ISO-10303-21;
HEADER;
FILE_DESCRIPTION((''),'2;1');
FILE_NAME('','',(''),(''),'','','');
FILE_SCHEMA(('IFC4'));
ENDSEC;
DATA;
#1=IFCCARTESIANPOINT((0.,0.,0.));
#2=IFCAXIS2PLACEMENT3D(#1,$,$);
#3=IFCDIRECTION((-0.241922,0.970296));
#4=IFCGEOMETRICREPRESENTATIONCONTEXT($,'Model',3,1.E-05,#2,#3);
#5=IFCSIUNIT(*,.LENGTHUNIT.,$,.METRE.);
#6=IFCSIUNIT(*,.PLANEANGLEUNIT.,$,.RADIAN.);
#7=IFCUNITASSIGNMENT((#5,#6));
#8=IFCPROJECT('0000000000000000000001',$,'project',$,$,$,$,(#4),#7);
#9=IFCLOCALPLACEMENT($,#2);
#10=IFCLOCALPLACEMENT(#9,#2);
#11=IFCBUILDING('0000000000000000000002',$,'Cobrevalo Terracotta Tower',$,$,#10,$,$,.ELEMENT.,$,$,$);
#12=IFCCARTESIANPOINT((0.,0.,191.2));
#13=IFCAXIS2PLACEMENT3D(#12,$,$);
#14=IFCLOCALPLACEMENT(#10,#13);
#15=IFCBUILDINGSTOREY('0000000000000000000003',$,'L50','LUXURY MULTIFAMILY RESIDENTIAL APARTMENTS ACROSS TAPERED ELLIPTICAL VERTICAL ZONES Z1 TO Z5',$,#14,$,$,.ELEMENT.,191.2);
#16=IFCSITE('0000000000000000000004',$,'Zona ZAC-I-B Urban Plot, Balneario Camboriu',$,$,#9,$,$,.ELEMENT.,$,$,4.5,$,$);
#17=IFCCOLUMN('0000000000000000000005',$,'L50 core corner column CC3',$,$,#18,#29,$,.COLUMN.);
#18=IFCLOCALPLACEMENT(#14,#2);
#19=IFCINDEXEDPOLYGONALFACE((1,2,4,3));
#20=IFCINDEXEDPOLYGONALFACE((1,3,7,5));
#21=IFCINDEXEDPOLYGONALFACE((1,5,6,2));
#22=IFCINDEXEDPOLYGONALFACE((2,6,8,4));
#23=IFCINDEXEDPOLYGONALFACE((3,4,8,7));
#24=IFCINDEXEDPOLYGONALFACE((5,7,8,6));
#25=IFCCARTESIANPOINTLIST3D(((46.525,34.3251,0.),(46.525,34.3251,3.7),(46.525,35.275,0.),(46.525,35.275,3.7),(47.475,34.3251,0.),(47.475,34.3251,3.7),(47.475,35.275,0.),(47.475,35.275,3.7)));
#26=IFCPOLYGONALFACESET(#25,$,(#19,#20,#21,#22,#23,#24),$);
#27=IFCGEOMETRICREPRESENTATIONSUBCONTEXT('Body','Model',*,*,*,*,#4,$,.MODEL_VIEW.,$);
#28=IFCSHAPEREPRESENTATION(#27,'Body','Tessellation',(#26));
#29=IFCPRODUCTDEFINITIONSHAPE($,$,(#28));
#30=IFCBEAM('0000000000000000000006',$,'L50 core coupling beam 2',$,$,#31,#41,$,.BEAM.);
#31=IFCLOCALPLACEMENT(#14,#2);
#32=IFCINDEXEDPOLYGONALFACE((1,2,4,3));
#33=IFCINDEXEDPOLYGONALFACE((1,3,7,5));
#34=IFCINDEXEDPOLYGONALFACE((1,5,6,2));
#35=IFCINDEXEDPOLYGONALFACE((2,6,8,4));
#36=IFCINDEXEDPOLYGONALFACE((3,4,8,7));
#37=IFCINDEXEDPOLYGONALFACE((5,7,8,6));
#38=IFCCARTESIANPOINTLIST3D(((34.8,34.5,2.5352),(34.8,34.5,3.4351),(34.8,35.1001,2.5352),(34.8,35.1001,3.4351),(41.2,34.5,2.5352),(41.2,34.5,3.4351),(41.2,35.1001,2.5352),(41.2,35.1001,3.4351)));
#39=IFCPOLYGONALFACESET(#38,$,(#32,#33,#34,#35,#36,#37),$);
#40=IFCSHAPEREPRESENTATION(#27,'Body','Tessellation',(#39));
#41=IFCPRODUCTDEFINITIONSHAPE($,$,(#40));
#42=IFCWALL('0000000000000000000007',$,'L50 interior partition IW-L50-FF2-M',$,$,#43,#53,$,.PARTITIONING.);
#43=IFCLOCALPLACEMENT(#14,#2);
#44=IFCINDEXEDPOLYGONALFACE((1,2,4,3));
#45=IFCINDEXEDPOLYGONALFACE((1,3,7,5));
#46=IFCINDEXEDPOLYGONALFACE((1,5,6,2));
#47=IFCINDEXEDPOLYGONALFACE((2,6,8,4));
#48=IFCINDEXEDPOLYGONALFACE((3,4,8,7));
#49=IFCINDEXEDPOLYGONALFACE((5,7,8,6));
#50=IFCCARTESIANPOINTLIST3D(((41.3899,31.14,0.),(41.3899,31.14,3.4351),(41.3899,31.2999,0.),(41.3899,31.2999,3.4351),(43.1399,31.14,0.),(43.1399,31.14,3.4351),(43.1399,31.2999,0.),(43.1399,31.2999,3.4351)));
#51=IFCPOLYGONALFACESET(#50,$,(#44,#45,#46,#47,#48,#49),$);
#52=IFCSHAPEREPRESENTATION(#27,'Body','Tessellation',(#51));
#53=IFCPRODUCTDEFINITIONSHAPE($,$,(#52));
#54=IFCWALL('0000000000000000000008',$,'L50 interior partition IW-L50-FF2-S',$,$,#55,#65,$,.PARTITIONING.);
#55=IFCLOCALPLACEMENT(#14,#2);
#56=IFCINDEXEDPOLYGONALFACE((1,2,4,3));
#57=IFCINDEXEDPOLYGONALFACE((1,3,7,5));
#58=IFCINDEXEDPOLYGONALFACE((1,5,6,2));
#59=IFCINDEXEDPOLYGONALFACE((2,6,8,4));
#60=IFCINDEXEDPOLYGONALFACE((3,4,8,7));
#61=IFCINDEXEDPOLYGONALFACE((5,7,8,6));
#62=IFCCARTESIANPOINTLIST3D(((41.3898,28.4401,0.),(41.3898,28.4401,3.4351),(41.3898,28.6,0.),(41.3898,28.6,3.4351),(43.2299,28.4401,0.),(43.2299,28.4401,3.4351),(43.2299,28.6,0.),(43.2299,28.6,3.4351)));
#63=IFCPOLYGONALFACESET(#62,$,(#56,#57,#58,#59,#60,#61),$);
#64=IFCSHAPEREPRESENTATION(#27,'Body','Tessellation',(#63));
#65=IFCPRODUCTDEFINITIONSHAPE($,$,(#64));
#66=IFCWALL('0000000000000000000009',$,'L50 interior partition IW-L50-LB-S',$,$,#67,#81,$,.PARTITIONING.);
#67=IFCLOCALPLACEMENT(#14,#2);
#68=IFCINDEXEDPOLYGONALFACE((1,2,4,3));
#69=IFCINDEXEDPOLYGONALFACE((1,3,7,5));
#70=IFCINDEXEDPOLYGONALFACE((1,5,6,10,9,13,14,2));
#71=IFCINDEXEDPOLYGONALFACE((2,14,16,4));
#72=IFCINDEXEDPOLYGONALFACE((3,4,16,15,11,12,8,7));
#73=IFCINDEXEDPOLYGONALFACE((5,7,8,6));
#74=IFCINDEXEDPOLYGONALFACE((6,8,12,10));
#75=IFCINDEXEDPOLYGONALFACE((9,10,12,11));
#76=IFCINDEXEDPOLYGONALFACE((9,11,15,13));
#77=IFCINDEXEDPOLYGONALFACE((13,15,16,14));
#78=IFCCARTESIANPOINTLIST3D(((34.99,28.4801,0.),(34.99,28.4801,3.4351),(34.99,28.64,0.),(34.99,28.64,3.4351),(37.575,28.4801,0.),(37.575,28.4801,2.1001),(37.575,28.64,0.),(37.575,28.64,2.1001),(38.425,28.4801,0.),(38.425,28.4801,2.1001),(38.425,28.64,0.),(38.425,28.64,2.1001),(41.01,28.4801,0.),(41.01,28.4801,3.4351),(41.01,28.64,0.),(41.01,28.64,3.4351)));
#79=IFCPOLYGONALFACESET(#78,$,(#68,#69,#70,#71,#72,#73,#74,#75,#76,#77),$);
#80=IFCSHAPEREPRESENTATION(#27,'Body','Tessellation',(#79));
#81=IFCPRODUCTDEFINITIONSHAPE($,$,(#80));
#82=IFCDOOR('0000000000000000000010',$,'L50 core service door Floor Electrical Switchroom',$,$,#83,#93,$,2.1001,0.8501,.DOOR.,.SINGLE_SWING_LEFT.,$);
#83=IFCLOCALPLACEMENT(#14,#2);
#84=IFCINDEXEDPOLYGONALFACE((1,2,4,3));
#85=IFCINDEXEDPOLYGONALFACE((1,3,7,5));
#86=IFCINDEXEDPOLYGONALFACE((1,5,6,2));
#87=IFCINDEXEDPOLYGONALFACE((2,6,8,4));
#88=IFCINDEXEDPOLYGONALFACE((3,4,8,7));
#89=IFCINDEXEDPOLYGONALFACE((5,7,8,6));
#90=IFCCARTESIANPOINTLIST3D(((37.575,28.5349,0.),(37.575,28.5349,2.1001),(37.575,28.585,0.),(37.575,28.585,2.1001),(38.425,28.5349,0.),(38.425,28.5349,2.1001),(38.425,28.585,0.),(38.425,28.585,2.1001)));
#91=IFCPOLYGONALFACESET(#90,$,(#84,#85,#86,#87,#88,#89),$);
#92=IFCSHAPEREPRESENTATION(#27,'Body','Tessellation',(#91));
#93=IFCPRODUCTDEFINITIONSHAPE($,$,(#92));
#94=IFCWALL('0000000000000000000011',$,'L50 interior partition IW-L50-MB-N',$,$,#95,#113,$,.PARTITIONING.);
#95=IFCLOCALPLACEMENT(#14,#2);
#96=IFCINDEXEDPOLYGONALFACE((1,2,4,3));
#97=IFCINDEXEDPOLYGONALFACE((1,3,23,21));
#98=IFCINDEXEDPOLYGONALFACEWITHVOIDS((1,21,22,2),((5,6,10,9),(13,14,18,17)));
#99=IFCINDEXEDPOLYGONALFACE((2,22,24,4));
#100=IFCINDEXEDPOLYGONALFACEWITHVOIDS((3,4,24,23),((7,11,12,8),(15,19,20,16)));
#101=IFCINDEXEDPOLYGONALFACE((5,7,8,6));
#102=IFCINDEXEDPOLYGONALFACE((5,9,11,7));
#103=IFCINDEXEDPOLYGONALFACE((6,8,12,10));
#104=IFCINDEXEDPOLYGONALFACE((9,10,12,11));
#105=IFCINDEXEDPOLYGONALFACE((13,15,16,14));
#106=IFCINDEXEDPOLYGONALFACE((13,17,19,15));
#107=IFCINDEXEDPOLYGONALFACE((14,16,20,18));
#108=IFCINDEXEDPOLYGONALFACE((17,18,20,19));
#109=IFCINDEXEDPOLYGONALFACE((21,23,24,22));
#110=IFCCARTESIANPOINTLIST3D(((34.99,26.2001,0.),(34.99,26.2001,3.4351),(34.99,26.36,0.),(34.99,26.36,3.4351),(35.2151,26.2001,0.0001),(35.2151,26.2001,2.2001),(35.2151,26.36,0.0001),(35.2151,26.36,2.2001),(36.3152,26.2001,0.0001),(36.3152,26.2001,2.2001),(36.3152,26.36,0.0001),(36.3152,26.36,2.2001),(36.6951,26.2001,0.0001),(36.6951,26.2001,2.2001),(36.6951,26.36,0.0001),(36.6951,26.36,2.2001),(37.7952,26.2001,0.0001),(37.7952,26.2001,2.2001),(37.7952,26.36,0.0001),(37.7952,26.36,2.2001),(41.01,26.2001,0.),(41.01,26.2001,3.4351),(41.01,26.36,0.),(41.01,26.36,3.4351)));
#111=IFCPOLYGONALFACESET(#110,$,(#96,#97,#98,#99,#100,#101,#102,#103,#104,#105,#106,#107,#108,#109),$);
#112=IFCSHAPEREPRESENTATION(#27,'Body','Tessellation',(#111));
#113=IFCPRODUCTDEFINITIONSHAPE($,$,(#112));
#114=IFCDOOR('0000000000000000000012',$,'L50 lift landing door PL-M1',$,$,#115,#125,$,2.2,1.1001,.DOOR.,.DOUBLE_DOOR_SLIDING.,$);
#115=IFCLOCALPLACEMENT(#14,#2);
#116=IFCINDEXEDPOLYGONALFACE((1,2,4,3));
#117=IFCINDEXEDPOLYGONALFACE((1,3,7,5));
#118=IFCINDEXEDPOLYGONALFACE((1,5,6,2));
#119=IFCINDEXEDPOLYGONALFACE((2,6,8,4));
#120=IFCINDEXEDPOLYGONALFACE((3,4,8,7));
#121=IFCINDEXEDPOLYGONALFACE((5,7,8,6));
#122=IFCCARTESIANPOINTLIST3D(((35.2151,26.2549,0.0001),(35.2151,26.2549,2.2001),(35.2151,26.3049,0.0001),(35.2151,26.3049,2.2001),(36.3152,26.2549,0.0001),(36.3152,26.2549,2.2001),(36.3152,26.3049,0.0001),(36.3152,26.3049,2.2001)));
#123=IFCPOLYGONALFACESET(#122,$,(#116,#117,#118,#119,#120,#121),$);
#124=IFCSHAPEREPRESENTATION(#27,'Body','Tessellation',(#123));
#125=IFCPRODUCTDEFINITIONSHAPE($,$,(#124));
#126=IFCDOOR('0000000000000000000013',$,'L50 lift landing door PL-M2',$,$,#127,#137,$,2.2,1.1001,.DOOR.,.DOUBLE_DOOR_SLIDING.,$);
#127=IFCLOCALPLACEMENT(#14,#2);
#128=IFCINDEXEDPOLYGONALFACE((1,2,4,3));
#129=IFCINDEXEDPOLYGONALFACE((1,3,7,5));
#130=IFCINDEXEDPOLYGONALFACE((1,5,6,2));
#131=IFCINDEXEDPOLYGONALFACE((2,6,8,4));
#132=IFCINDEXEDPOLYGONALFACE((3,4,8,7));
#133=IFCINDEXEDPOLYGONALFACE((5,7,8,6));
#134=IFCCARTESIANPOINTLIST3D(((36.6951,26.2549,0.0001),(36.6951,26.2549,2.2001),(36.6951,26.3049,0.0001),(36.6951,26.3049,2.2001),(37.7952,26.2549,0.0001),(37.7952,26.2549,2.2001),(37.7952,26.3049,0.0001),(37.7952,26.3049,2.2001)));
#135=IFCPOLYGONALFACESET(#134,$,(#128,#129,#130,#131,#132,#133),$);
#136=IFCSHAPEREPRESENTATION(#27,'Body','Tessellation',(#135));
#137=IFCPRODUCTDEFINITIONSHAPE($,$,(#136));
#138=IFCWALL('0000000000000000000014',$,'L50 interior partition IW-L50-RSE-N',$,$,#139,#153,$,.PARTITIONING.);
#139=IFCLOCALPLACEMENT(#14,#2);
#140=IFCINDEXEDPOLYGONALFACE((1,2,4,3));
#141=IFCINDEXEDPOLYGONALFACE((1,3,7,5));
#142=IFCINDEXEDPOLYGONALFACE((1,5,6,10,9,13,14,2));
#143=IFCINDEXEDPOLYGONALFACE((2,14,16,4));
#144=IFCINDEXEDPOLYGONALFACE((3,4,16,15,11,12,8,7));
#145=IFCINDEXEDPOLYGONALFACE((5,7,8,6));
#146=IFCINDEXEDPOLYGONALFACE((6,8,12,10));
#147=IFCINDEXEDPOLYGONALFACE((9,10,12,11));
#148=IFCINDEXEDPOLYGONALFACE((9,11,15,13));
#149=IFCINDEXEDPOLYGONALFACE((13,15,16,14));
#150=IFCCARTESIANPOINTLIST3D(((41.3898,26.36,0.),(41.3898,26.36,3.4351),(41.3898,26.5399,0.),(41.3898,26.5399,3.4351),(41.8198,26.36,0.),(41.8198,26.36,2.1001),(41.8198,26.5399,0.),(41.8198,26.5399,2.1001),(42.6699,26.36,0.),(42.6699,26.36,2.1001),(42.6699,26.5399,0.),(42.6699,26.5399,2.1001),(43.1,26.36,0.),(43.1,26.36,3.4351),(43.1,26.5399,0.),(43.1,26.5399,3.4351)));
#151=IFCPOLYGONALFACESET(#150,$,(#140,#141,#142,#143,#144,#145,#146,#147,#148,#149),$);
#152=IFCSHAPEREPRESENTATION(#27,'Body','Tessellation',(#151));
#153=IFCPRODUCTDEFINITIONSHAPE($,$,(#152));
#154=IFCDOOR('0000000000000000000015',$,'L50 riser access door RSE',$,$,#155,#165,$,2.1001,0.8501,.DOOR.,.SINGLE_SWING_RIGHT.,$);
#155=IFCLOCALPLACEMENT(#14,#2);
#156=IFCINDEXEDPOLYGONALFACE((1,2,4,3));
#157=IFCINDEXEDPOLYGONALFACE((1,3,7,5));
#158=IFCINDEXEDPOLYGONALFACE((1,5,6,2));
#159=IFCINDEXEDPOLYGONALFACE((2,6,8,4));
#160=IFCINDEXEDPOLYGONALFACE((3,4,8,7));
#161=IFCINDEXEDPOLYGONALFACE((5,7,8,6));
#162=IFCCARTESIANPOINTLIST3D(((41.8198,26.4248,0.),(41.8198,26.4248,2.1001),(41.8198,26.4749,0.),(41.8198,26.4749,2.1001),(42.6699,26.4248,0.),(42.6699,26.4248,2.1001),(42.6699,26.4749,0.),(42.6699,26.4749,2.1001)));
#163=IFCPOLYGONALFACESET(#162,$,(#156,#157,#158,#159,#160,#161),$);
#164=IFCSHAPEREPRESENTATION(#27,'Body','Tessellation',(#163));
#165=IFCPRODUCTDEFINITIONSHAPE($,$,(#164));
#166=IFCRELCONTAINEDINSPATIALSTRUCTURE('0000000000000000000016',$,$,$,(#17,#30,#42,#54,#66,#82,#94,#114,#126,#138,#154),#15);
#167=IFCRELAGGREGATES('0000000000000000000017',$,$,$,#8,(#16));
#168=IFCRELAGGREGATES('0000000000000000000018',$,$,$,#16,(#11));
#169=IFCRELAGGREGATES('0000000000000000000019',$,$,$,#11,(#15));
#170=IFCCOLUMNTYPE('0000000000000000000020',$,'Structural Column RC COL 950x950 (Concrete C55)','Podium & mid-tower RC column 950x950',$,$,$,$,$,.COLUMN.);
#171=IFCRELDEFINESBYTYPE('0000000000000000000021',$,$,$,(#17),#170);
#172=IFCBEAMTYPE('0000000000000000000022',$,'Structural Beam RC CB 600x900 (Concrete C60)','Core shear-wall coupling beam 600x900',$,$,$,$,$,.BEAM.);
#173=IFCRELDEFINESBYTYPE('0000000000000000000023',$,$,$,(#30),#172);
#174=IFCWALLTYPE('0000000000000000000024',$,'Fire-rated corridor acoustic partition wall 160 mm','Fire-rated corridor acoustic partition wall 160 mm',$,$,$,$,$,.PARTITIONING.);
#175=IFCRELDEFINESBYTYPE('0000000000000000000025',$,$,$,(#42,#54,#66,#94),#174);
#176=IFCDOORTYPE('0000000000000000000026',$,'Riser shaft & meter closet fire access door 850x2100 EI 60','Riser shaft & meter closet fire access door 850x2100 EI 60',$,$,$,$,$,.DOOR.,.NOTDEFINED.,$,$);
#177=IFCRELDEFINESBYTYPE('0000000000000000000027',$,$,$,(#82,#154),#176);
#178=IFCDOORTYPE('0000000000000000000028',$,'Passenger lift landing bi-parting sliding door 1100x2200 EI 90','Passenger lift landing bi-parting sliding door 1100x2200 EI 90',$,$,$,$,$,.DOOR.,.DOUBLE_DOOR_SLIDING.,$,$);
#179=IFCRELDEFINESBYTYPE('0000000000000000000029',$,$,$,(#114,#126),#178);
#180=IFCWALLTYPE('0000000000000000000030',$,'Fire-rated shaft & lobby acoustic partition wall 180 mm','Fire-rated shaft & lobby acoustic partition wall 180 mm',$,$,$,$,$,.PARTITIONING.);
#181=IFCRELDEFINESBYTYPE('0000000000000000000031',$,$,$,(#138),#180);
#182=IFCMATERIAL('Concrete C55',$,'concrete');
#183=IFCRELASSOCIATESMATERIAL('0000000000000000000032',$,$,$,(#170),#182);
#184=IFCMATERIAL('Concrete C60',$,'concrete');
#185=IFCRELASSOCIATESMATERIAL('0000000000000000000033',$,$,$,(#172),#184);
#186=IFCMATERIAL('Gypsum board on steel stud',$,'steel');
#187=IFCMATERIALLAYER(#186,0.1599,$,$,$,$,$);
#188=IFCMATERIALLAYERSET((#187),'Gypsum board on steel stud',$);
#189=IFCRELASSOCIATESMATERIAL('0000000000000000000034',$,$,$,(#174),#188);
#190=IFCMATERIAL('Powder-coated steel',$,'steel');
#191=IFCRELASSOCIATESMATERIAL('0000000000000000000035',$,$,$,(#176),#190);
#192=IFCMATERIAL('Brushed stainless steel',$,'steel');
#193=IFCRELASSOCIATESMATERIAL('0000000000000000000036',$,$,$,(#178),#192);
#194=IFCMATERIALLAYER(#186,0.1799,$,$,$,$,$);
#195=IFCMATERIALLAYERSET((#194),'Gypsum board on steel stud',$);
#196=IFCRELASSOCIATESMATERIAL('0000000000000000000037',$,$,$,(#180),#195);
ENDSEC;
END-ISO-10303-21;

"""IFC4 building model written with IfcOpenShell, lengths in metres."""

from ifc_helpers import new_model, si_unit, direction, frame, frame_2d, origin, origin_2d, place, context, subcontext, project, spatial, rectangle, extrude, source, transform, mapped, material, layer, layer_set, material_profile, profile_set, type_object, element, fill, save


model = new_model("IFC4")

# Units and contexts
model_context = context("Model", 3, precision=1e-05, world=origin(), true_north=direction((-0.241922, 0.970296)))
body_context = subcontext(model_context, "Body", "Model", "MODEL_VIEW")
ifc_project = project(units=[si_unit("LENGTHUNIT", "METRE"), si_unit("PLANEANGLEUNIT", "RADIAN")], contexts=[model_context])

# Site, building, storey
site_placement = place(None, origin())
site = spatial("IfcSite", under=ifc_project, at=site_placement, Name="Zona ZAC-I-B Urban Plot, Balneario Camboriu", CompositionType="ELEMENT", RefElevation=4.5)
building_placement = place(site_placement, origin())
building = spatial("IfcBuilding", under=site, at=building_placement, Name="Cobrevalo Terracotta Tower", CompositionType="ELEMENT")
storey_placement = place(building_placement, frame((0.0, 0.0, 191.2)))
storey = spatial("IfcBuildingStorey", under=building, at=storey_placement, Name="L50", Description="LUXURY MULTIFAMILY RESIDENTIAL APARTMENTS ACROSS TAPERED ELLIPTICAL VERTICAL ZONES Z1 TO Z5", CompositionType="ELEMENT", Elevation=191.2)

# Column
ifc_material_1 = material(Name="Concrete C55", Category="concrete")
ifc_material_profile_1 = material_profile(ifc_material_1, rectangle(XDim=0.95, YDim=0.95, at=origin_2d()), Name="RC COL 950x950")
ifc_profile_set_1 = profile_set([ifc_material_profile_1], Name="Concrete C55")
column_type = type_object("IfcColumnType", Name="Structural Column RC COL 950x950 (Concrete C55)", Description="Podium & mid-tower RC column 950x950", PredefinedType="COLUMN", material=ifc_profile_set_1)
column_placement = place(storey_placement, frame((47.0, 34.8, 0.0), z_axis=(0.0, 0.0, 1.0), x_axis=(1.0, 0.0, 0.0)))
element("IfcColumn", 1, at=column_placement, inside=storey, type_object=column_type, Name="L50 core corner column CC3", PredefinedType="COLUMN", context=body_context, shape_type="SweptSolid", body=[
    extrude(rectangle(XDim=0.95, YDim=0.95, at=origin_2d()), origin(), (0.0, 0.0, 1.0), 3.7),
])

# Beam
ifc_material_2 = material(Name="Concrete C60", Category="concrete")
ifc_material_profile_2 = material_profile(ifc_material_2, rectangle(XDim=0.6001, YDim=0.8999, at=origin_2d()), Name="RC CB 600x900")
ifc_profile_set_2 = profile_set([ifc_material_profile_2], Name="Concrete C60")
beam_type = type_object("IfcBeamType", Name="Structural Beam RC CB 600x900 (Concrete C60)", Description="Core shear-wall coupling beam 600x900", PredefinedType="BEAM", material=ifc_profile_set_2)
beam_placement = place(storey_placement, frame((34.8, 34.8, 2.9851), z_axis=(1.0, 0.0, 0.0), x_axis=(0.0, 1.0, 0.0)))
element("IfcBeam", 2, at=beam_placement, inside=storey, type_object=beam_type, Name="L50 core coupling beam 2", PredefinedType="BEAM", context=body_context, shape_type="SweptSolid", body=[
    extrude(rectangle(XDim=0.6001, YDim=0.8999, at=origin_2d()), origin(), (0.0, 0.0, 1.0), 6.3999),
])

# Walls
ifc_material_3 = material(Name="Gypsum board on steel stud", Category="steel")
ifc_layer_1 = layer(ifc_material_3, 0.1599)
ifc_layer_set_1 = layer_set([ifc_layer_1], Name="Gypsum board on steel stud")
wall_type_1 = type_object("IfcWallType", Name="Fire-rated corridor acoustic partition wall 160 mm", Description="Fire-rated corridor acoustic partition wall 160 mm", PredefinedType="PARTITIONING", material=ifc_layer_set_1)
wall_1_placement = place(storey_placement, frame((41.3899, 31.22, 0.0), z_axis=(0.0, 0.0, 1.0), x_axis=(1.0, 0.0, 0.0)))
element("IfcWall", 3, at=wall_1_placement, inside=storey, type_object=wall_type_1, Name="L50 interior partition IW-L50-FF2-M", PredefinedType="PARTITIONING", context=body_context, shape_type="SweptSolid", body=[
    extrude(rectangle(XDim=1.75, YDim=0.1599, at=frame_2d((0.875, 0.0))), origin(), (0.0, 0.0, 1.0), 3.4351),
])
wall_2_placement = place(storey_placement, frame((41.3899, 28.52, 0.0), z_axis=(0.0, 0.0, 1.0), x_axis=(1.0, 0.0, 0.0)))
element("IfcWall", 4, at=wall_2_placement, inside=storey, type_object=wall_type_1, Name="L50 interior partition IW-L50-FF2-S", PredefinedType="PARTITIONING", context=body_context, shape_type="SweptSolid", body=[
    extrude(rectangle(XDim=1.8401, YDim=0.1599, at=frame_2d((0.9199, 0.0))), origin(), (0.0, 0.0, 1.0), 3.4351),
])

# Wall, opening, door
wall_3_placement = place(storey_placement, frame((34.99, 28.5601, 0.0), z_axis=(0.0, 0.0, 1.0), x_axis=(1.0, 0.0, 0.0)))
wall_3 = element("IfcWall", 5, at=wall_3_placement, inside=storey, type_object=wall_type_1, Name="L50 interior partition IW-L50-LB-S", PredefinedType="PARTITIONING", context=body_context, shape_type="SweptSolid", body=[
    extrude(rectangle(XDim=6.02, YDim=0.1599, at=frame_2d((3.01, 0.0))), origin(), (0.0, 0.0, 1.0), 3.4351),
])
opening_1_placement = place(wall_3_placement, frame((2.585, 0.0, 0.0)))
opening_1 = element("IfcOpeningElement", 6, at=opening_1_placement, cuts=wall_3, PredefinedType="OPENING", context=body_context, shape_type="SweptSolid", body=[
    extrude(rectangle(XDim=0.8501, YDim=2.1001, at=frame_2d((0.425, 1.05))), frame((0.0, 0.0898, 0.0), z_axis=(0.0, -1.0, 0.0), x_axis=(1.0, 0.0, 0.0)), (0.0, 0.0, 1.0), 0.1799),
])
ifc_material_4 = material(Name="Powder-coated steel", Category="steel")
door_type_1 = type_object("IfcDoorType", Name="Riser shaft & meter closet fire access door 850x2100 EI 60", Description="Riser shaft & meter closet fire access door 850x2100 EI 60", OperationType="NOTDEFINED", PredefinedType="DOOR", material=ifc_material_4)
shared_shape_1 = source(origin(), body_context, "Body", "SweptSolid", [
    extrude(rectangle(XDim=0.8501, YDim=2.1001, at=frame_2d((0.425, 1.05))), frame((0.0, 0.0249, 0.0), z_axis=(0.0, -1.0, 0.0), x_axis=(1.0, 0.0, 0.0)), (0.0, 0.0, 1.0), 0.05),
])
door_1_placement = place(opening_1_placement, origin())
door_1 = element("IfcDoor", 7, at=door_1_placement, inside=storey, type_object=door_type_1, Name="L50 core service door Floor Electrical Switchroom", OperationType="SINGLE_SWING_LEFT", OverallHeight=2.1001, OverallWidth=0.8501, PredefinedType="DOOR", context=body_context, shape_type="MappedRepresentation", body=[
    mapped(shared_shape_1, transform((0.0, 0.0, 0.0), scale=1.0)),
])
fill(opening_1, door_1)

# Wall, openings, doors
wall_4_placement = place(storey_placement, frame((34.99, 26.28, 0.0), z_axis=(0.0, 0.0, 1.0), x_axis=(1.0, 0.0, 0.0)))
wall_4 = element("IfcWall", 8, at=wall_4_placement, inside=storey, type_object=wall_type_1, Name="L50 interior partition IW-L50-MB-N", PredefinedType="PARTITIONING", context=body_context, shape_type="SweptSolid", body=[
    extrude(rectangle(XDim=6.02, YDim=0.1599, at=frame_2d((3.01, 0.0))), origin(), (0.0, 0.0, 1.0), 3.4351),
])
opening_2_placement = place(wall_4_placement, frame((0.2251, 0.0, 0.0)))
opening_2 = element("IfcOpeningElement", 9, at=opening_2_placement, cuts=wall_4, PredefinedType="OPENING", context=body_context, shape_type="SweptSolid", body=[
    extrude(rectangle(XDim=1.1001, YDim=2.2, at=frame_2d((0.55, 1.1001))), frame((0.0, 0.0898, 0.0), z_axis=(0.0, -1.0, 0.0), x_axis=(1.0, 0.0, 0.0)), (0.0, 0.0, 1.0), 0.1799),
])
opening_3_placement = place(wall_4_placement, frame((1.7051, 0.0, 0.0)))
opening_3 = element("IfcOpeningElement", 10, at=opening_3_placement, cuts=wall_4, PredefinedType="OPENING", context=body_context, shape_type="SweptSolid", body=[
    extrude(rectangle(XDim=1.1001, YDim=2.2, at=frame_2d((0.55, 1.1001))), frame((0.0, 0.0898, 0.0), z_axis=(0.0, -1.0, 0.0), x_axis=(1.0, 0.0, 0.0)), (0.0, 0.0, 1.0), 0.1799),
])
ifc_material_5 = material(Name="Brushed stainless steel", Category="steel")
door_type_2 = type_object("IfcDoorType", Name="Passenger lift landing bi-parting sliding door 1100x2200 EI 90", Description="Passenger lift landing bi-parting sliding door 1100x2200 EI 90", OperationType="DOUBLE_DOOR_SLIDING", PredefinedType="DOOR", material=ifc_material_5)
shared_shape_2 = source(origin(), body_context, "Body", "SweptSolid", [
    extrude(rectangle(XDim=1.1001, YDim=2.2, at=frame_2d((0.55, 1.1001))), frame((0.0, 0.0249, 0.0), z_axis=(0.0, -1.0, 0.0), x_axis=(1.0, 0.0, 0.0)), (0.0, 0.0, 1.0), 0.05),
])
door_2_placement = place(opening_2_placement, origin())
door_2 = element("IfcDoor", 11, at=door_2_placement, inside=storey, type_object=door_type_2, Name="L50 lift landing door PL-M1", OperationType="DOUBLE_DOOR_SLIDING", OverallHeight=2.2, OverallWidth=1.1001, PredefinedType="DOOR", context=body_context, shape_type="MappedRepresentation", body=[
    mapped(shared_shape_2, transform((0.0, 0.0, 0.0), scale=1.0)),
])
fill(opening_2, door_2)
door_3_placement = place(opening_3_placement, origin())
door_3 = element("IfcDoor", 12, at=door_3_placement, inside=storey, type_object=door_type_2, Name="L50 lift landing door PL-M2", OperationType="DOUBLE_DOOR_SLIDING", OverallHeight=2.2, OverallWidth=1.1001, PredefinedType="DOOR", context=body_context, shape_type="MappedRepresentation", body=[
    mapped(shared_shape_2, transform((0.0, 0.0, 0.0), scale=1.0)),
])
fill(opening_3, door_3)

# Wall, opening, door
ifc_layer_2 = layer(ifc_material_3, 0.1799)
ifc_layer_set_2 = layer_set([ifc_layer_2], Name="Gypsum board on steel stud")
wall_type_2 = type_object("IfcWallType", Name="Fire-rated shaft & lobby acoustic partition wall 180 mm", Description="Fire-rated shaft & lobby acoustic partition wall 180 mm", PredefinedType="PARTITIONING", material=ifc_layer_set_2)
wall_5_placement = place(storey_placement, frame((41.3899, 26.45, 0.0), z_axis=(0.0, 0.0, 1.0), x_axis=(1.0, 0.0, 0.0)))
wall_5 = element("IfcWall", 13, at=wall_5_placement, inside=storey, type_object=wall_type_2, Name="L50 interior partition IW-L50-RSE-N", PredefinedType="PARTITIONING", context=body_context, shape_type="SweptSolid", body=[
    extrude(rectangle(XDim=1.7102, YDim=0.1799, at=frame_2d((0.855, 0.0))), origin(), (0.0, 0.0, 1.0), 3.4351),
])
opening_4_placement = place(wall_5_placement, frame((0.4299, 0.0, 0.0)))
opening_4 = element("IfcOpeningElement", 14, at=opening_4_placement, cuts=wall_5, PredefinedType="OPENING", context=body_context, shape_type="SweptSolid", body=[
    extrude(rectangle(XDim=0.8501, YDim=2.1001, at=frame_2d((0.425, 1.05))), frame((0.0, 0.1001, 0.0), z_axis=(0.0, -1.0, 0.0), x_axis=(1.0, 0.0, 0.0)), (0.0, 0.0, 1.0), 0.2),
])
door_4_placement = place(opening_4_placement, origin())
door_4 = element("IfcDoor", 15, at=door_4_placement, inside=storey, type_object=door_type_1, Name="L50 riser access door RSE", OperationType="SINGLE_SWING_RIGHT", OverallHeight=2.1001, OverallWidth=0.8501, PredefinedType="DOOR", context=body_context, shape_type="MappedRepresentation", body=[
    mapped(shared_shape_1, transform((0.0, 0.0, 0.0), scale=1.0)),
])
fill(opening_4, door_4)

save(model, "model.ifc")
